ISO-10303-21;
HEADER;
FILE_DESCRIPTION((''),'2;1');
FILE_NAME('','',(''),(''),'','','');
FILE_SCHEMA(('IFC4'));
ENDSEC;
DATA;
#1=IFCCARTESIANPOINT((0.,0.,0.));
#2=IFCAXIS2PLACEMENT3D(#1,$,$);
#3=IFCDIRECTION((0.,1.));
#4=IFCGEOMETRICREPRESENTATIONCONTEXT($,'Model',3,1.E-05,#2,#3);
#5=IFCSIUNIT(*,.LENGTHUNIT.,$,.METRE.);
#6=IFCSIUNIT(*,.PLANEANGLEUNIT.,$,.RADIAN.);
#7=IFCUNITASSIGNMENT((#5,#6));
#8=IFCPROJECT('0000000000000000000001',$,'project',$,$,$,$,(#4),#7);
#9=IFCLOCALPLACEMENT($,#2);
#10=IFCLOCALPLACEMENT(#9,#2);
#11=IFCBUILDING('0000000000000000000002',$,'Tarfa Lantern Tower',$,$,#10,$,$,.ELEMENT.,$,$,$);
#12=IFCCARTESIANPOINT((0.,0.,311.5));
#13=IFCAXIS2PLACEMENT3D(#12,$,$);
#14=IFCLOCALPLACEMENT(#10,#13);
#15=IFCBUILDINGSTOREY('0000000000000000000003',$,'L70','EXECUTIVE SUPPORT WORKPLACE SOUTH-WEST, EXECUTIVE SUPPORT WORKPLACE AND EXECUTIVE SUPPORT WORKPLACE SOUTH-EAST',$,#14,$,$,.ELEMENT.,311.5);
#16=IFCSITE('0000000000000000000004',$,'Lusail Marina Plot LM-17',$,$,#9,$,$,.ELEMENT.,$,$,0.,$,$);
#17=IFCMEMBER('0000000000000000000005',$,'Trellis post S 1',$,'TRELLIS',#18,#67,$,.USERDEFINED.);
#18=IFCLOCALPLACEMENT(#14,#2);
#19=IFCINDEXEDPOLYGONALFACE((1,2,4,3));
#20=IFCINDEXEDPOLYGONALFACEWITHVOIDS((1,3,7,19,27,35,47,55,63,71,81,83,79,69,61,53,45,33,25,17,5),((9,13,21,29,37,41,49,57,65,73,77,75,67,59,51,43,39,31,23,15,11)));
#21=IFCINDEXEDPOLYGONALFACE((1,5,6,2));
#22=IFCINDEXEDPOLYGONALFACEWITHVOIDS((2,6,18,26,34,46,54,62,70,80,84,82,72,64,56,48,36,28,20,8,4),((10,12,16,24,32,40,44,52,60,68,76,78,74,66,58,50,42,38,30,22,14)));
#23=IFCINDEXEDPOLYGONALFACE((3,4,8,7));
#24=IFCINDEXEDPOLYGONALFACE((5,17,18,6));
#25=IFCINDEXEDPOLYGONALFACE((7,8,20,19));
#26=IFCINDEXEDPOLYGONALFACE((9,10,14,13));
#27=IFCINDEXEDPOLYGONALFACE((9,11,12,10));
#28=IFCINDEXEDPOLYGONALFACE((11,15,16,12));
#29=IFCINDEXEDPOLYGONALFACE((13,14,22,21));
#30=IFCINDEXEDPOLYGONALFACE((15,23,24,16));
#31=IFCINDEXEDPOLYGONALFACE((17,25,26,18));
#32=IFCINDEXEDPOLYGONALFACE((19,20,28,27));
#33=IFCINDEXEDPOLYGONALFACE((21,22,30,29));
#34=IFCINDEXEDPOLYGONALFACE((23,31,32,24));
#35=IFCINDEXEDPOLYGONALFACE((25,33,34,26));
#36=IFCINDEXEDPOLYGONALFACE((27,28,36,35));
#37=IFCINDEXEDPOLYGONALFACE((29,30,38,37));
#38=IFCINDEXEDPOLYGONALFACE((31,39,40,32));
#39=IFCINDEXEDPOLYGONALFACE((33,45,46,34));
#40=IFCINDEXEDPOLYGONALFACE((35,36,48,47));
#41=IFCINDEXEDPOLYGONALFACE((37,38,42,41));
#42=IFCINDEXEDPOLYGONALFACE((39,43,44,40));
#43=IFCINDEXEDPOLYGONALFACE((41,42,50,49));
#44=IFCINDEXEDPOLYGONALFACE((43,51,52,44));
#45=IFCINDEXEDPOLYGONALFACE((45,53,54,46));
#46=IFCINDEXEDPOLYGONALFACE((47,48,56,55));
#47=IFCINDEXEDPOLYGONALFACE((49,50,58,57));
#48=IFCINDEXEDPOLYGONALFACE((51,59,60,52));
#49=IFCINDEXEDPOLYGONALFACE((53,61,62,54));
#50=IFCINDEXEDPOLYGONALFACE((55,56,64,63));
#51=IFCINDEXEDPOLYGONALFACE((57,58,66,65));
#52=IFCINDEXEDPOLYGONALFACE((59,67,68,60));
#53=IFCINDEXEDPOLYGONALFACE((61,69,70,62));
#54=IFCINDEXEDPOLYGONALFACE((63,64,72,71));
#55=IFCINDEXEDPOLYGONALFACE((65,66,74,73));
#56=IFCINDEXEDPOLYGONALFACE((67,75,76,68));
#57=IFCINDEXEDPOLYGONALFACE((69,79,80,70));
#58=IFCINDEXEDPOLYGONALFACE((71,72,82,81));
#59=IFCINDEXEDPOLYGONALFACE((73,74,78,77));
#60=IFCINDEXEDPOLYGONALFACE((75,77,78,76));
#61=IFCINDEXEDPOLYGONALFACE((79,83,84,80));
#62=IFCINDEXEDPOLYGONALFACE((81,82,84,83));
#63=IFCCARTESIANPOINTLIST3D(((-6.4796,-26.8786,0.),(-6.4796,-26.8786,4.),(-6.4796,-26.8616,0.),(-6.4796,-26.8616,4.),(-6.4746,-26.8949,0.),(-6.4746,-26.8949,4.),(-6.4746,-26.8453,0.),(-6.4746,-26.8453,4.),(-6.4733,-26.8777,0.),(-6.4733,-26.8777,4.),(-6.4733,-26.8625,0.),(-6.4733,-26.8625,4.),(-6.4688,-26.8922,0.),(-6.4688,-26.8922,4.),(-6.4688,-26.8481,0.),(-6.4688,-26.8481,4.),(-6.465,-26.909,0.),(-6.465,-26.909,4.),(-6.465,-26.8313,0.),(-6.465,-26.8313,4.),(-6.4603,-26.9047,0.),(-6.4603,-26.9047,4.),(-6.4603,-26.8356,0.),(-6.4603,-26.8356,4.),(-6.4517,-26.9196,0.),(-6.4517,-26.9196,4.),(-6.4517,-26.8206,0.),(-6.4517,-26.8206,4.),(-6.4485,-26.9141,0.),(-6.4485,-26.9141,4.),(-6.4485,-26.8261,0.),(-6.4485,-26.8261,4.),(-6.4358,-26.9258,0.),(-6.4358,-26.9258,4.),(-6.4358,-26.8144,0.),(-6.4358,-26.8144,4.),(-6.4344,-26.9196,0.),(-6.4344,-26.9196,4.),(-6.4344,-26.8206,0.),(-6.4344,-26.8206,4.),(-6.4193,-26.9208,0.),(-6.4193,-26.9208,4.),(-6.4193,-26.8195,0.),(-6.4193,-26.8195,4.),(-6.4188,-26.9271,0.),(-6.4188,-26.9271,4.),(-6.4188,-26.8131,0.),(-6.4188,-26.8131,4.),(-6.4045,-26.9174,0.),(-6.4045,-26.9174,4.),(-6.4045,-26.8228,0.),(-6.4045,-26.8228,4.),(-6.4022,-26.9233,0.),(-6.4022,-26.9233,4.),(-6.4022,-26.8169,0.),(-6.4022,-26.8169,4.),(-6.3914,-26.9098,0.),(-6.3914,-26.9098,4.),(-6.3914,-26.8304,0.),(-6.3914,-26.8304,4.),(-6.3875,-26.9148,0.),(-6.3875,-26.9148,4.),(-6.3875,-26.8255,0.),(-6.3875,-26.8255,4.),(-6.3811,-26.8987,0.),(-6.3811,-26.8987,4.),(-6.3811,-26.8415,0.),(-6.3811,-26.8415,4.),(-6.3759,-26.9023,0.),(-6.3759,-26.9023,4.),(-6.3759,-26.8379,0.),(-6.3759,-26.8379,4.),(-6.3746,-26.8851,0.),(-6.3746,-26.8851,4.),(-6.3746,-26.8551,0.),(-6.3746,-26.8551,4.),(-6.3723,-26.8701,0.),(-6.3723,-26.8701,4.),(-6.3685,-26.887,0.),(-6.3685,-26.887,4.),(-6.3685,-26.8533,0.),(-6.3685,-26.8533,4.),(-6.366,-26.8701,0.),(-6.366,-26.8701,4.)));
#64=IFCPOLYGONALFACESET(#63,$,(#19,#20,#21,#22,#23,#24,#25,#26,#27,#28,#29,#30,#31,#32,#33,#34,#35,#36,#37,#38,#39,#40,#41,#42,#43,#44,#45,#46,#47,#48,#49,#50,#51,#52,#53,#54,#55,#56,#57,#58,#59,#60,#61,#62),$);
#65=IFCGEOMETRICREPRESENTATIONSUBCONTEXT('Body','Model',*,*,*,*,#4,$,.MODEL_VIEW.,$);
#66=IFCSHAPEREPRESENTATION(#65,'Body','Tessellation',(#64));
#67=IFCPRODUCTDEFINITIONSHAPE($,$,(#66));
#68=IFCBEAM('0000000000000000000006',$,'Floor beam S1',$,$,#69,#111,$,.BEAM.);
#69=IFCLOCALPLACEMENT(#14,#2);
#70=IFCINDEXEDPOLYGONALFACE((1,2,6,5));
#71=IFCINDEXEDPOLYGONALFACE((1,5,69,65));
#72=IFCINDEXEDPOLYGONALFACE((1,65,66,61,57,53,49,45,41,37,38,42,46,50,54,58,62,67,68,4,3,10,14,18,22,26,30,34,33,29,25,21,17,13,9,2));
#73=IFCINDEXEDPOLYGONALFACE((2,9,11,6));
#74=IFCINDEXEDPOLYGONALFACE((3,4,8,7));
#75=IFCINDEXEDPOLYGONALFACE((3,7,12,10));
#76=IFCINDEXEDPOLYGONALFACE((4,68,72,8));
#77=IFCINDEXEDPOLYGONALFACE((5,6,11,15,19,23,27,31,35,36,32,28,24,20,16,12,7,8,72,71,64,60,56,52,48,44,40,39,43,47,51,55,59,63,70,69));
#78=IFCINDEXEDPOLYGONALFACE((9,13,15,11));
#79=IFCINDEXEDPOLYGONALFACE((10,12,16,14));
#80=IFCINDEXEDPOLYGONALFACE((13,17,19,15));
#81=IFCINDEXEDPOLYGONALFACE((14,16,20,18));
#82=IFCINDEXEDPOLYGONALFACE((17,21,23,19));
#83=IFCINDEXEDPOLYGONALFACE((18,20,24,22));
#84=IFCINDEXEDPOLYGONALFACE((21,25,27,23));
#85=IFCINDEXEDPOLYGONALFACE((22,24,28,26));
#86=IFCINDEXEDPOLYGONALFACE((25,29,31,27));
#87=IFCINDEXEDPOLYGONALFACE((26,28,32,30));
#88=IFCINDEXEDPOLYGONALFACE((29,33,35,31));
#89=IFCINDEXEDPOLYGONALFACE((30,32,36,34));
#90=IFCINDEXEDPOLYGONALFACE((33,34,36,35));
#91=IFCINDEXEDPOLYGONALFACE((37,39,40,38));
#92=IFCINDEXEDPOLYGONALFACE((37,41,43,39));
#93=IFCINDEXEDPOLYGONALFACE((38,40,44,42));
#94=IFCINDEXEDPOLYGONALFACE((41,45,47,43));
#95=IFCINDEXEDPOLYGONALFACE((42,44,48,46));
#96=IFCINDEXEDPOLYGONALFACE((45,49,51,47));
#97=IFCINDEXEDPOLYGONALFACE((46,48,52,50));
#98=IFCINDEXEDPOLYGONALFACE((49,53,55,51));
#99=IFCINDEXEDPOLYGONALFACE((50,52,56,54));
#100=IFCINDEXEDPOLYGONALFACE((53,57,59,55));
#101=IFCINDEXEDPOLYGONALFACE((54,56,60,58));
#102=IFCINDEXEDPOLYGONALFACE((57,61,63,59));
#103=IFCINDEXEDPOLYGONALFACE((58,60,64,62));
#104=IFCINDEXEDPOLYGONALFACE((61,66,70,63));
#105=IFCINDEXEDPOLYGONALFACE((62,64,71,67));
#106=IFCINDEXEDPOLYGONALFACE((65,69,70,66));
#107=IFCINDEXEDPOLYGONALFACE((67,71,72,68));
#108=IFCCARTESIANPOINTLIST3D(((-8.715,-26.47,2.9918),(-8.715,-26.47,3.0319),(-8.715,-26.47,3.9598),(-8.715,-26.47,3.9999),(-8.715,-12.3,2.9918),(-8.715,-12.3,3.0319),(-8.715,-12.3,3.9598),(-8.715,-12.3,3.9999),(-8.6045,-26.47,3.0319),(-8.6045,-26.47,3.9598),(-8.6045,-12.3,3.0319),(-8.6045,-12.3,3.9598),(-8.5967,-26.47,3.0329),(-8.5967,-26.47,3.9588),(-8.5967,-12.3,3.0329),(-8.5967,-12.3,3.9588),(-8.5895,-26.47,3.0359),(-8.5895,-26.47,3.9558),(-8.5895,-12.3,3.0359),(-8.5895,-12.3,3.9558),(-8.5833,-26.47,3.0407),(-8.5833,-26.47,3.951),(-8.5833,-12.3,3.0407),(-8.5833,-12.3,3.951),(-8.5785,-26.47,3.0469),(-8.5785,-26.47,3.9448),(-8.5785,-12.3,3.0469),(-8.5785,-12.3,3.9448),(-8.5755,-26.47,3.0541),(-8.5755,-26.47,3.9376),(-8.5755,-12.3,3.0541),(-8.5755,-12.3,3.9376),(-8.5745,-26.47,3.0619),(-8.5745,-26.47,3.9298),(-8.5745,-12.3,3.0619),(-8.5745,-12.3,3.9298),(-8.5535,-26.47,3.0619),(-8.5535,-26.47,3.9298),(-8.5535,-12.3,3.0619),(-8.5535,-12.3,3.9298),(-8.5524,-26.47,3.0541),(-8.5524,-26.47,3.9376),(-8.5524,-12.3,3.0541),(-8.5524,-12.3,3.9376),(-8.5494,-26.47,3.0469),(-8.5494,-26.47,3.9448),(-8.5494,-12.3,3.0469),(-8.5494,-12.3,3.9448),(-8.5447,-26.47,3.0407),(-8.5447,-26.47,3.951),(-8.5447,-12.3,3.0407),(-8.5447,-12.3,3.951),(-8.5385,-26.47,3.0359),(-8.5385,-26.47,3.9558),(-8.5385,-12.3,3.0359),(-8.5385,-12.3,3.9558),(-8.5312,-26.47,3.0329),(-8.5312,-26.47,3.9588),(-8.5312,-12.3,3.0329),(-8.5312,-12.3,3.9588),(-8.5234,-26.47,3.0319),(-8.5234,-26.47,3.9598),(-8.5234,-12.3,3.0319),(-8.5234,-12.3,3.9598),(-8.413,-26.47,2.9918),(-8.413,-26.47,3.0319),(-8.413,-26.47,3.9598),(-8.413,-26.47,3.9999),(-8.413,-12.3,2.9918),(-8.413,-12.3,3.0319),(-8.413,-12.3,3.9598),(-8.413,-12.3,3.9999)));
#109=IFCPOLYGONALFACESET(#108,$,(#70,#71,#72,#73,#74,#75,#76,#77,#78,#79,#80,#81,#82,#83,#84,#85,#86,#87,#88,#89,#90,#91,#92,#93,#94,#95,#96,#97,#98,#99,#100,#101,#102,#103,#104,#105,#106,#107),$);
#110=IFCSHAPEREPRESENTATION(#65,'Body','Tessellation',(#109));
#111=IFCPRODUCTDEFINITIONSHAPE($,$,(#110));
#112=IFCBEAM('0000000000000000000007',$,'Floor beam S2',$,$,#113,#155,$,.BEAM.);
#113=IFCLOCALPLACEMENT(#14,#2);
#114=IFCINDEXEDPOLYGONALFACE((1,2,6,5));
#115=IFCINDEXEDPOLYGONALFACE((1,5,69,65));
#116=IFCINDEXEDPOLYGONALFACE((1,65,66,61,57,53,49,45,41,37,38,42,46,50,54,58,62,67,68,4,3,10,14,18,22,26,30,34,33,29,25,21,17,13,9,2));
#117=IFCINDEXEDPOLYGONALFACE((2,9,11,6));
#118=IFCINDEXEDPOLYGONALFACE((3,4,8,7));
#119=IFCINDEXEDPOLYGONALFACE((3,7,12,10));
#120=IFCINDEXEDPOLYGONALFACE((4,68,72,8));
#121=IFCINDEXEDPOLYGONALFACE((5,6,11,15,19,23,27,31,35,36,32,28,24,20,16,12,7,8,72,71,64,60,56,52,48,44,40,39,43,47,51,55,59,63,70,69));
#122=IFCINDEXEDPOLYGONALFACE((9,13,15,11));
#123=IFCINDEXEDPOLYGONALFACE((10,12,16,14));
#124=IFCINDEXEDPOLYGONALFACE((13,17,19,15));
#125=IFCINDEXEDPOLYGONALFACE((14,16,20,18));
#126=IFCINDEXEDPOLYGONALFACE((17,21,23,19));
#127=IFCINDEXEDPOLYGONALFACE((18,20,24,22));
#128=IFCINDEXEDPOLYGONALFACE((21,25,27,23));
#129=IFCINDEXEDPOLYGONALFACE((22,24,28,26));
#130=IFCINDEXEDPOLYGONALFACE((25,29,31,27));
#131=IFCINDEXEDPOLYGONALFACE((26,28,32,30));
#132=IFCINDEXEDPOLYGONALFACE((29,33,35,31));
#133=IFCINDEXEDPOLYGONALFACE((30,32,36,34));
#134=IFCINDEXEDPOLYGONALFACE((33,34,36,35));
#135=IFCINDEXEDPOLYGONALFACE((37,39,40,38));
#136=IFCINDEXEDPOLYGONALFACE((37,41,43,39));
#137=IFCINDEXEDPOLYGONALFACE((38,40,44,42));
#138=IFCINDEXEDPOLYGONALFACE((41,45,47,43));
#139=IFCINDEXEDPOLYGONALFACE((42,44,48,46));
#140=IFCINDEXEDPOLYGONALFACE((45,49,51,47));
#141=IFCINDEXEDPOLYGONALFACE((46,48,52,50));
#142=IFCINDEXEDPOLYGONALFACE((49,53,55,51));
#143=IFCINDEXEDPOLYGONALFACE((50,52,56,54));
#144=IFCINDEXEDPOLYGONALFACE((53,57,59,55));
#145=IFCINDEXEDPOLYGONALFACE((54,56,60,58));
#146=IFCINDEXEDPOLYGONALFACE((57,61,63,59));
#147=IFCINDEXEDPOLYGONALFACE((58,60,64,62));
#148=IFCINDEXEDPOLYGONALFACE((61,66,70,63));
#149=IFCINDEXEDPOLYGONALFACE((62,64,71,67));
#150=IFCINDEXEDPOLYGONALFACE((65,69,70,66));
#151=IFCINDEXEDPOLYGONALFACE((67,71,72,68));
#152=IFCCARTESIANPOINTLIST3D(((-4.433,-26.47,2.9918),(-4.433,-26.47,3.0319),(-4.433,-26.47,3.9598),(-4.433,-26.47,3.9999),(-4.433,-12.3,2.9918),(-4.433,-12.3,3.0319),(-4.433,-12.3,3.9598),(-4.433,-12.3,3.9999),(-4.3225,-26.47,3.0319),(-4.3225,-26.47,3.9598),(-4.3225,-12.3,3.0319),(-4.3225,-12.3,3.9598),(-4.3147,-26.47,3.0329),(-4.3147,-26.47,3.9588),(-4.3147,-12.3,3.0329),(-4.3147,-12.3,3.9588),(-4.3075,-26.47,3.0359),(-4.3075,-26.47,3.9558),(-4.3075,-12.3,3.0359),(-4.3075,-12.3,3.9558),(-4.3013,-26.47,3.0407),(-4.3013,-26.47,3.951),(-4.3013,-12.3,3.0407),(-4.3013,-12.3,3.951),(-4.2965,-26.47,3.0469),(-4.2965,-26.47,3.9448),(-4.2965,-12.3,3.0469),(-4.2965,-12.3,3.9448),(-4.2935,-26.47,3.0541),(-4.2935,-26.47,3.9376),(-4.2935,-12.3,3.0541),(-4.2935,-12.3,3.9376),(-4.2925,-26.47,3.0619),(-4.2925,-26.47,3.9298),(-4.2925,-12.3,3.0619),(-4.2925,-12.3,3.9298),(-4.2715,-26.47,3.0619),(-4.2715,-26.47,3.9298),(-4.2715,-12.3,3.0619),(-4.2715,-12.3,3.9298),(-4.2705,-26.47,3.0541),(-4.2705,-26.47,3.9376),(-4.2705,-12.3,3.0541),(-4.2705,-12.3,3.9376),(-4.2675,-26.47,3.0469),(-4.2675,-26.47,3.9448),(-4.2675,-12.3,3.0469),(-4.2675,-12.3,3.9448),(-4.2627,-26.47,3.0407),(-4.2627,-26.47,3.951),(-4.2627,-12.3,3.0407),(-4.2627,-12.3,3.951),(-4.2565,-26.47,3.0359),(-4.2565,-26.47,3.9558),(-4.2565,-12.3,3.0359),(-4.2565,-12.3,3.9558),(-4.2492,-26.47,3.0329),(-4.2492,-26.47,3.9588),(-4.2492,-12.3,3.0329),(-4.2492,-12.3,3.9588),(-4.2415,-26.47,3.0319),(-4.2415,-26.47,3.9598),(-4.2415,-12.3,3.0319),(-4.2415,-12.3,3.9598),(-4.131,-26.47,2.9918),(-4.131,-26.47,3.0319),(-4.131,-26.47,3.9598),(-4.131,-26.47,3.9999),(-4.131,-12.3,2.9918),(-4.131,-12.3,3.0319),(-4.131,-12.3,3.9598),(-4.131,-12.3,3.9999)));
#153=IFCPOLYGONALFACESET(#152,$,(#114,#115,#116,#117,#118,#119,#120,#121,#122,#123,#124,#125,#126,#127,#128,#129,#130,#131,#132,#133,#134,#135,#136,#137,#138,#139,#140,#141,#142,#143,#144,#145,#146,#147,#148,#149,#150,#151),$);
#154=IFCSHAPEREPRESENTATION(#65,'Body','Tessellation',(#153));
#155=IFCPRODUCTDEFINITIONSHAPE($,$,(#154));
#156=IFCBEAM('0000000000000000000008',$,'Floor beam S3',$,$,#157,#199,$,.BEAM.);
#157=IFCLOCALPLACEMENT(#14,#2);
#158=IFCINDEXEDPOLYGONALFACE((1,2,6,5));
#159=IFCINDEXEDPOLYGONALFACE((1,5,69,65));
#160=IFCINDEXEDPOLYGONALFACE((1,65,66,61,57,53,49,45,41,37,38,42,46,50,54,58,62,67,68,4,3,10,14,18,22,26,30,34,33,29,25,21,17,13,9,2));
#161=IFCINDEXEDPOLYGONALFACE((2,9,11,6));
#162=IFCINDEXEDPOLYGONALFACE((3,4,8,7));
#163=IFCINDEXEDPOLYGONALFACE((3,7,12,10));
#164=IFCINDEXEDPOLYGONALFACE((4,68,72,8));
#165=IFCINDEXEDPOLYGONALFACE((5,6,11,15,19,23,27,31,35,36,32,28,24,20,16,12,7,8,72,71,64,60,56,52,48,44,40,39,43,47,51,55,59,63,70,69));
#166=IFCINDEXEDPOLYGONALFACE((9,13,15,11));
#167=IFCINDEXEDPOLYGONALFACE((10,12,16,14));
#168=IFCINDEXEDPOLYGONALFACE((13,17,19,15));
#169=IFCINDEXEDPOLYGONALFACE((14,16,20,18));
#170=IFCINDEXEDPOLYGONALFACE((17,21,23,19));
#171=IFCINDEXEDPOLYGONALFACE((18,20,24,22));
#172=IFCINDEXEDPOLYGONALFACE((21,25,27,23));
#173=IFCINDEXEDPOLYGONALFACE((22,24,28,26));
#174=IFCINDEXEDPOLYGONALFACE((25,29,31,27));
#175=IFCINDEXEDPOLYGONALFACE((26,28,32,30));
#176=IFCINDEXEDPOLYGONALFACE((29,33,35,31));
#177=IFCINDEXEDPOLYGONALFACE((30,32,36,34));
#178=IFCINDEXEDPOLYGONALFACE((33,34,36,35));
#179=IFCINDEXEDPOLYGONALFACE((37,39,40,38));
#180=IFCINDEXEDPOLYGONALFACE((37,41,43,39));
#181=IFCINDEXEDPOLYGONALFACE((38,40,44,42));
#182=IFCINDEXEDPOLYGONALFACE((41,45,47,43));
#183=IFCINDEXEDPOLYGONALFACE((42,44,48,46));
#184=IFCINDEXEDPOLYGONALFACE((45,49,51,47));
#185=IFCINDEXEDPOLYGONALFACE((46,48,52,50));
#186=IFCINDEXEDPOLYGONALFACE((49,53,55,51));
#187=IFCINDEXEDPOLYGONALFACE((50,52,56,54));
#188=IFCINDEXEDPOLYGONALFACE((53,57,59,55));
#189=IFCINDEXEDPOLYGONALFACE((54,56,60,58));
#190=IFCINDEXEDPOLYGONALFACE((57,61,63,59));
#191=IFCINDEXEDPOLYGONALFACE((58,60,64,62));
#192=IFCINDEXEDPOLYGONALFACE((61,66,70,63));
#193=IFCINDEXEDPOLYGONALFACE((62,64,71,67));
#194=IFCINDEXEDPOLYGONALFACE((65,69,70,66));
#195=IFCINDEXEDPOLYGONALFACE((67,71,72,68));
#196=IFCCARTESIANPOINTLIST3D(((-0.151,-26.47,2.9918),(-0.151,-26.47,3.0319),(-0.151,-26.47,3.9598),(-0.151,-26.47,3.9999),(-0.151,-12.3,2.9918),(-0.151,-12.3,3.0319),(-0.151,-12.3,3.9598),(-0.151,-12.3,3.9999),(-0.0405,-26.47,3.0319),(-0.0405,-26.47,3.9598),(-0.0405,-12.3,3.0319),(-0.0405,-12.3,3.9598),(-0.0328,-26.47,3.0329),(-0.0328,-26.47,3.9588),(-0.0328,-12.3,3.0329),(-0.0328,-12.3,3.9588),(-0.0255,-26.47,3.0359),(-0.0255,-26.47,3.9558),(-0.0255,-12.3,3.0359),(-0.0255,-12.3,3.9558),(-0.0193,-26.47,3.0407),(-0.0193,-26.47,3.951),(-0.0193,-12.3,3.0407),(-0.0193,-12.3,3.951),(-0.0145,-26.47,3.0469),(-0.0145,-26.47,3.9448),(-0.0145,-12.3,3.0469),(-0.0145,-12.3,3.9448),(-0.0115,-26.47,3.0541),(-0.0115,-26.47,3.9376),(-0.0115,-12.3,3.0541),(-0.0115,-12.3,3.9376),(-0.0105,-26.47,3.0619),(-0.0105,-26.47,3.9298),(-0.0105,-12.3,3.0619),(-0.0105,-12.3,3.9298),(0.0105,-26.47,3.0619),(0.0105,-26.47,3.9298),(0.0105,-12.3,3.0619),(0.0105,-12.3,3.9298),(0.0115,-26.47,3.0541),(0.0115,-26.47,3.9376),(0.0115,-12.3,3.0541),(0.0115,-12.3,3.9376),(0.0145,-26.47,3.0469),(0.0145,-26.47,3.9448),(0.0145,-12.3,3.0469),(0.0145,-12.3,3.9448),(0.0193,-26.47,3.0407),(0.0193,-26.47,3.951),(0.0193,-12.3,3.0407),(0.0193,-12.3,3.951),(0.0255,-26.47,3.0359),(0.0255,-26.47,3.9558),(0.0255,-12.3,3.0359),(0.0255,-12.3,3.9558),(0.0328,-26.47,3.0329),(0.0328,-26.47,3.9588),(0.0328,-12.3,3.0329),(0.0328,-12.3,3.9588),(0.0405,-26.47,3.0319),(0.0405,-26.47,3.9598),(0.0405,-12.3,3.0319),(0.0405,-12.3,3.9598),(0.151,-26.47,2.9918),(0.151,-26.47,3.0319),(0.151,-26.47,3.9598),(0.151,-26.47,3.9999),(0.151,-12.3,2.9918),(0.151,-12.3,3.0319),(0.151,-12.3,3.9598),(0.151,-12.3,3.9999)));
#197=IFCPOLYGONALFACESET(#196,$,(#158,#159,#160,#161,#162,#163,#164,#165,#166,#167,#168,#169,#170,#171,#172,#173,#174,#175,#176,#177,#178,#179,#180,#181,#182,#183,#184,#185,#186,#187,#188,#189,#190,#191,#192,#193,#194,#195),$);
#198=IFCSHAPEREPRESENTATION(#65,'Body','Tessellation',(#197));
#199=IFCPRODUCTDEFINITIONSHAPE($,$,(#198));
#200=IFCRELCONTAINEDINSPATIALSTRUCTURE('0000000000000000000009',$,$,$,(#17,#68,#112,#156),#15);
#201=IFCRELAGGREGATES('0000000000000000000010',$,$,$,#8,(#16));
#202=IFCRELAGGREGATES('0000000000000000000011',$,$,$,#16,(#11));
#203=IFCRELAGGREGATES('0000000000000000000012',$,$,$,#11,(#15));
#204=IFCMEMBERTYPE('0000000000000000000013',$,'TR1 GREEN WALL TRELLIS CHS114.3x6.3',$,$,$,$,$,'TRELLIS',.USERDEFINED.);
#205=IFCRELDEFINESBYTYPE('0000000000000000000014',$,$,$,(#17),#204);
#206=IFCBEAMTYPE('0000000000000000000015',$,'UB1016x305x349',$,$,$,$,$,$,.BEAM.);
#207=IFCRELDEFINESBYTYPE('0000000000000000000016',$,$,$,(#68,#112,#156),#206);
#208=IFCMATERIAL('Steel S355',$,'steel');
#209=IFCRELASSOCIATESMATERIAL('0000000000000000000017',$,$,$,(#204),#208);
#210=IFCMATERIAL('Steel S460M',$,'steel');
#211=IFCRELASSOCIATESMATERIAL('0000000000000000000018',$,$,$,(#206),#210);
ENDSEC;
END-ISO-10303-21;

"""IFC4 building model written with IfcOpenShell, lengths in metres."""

from ifc_helpers import new_model, si_unit, direction, frame, origin, origin_2d, place, context, subcontext, project, spatial, hollow_circle, i_section, extrude, material, material_profile, profile_set, type_object, element, save


model = new_model("IFC4")

# Units and contexts
model_context = context("Model", 3, precision=1e-05, world=origin(), true_north=direction((0.0, 1.0)))
body_context = subcontext(model_context, "Body", "Model", "MODEL_VIEW")
ifc_project = project(units=[si_unit("LENGTHUNIT", "METRE"), si_unit("PLANEANGLEUNIT", "RADIAN")], contexts=[model_context])

# Site, building, storey
site_placement = place(None, origin())
site = spatial("IfcSite", under=ifc_project, at=site_placement, Name="Lusail Marina Plot LM-17", CompositionType="ELEMENT", RefElevation=0.0)
building_placement = place(site_placement, origin())
building = spatial("IfcBuilding", under=site, at=building_placement, Name="Tarfa Lantern Tower", CompositionType="ELEMENT")
storey_placement = place(building_placement, frame((0.0, 0.0, 311.5)))
storey = spatial("IfcBuildingStorey", under=building, at=storey_placement, Name="L70", Description="EXECUTIVE SUPPORT WORKPLACE SOUTH-WEST, EXECUTIVE SUPPORT WORKPLACE AND EXECUTIVE SUPPORT WORKPLACE SOUTH-EAST", CompositionType="ELEMENT", Elevation=311.5)

# Shared definitions
ifc_material_1 = material(Name="Steel S460M", Category="steel")

# Member
ifc_material_2 = material(Name="Steel S355", Category="steel")
ifc_material_profile_1 = material_profile(ifc_material_2, hollow_circle(Radius=0.0571, WallThickness=0.0063, at=origin_2d()), Name="CHS114.3x6.3")
ifc_profile_set_1 = profile_set([ifc_material_profile_1], Name="Steel S355")
member_type_1 = type_object("IfcMemberType", Name="TR1 GREEN WALL TRELLIS CHS114.3x6.3", ElementType="TRELLIS", PredefinedType="USERDEFINED", material=ifc_profile_set_1)
member_1_placement = place(storey_placement, frame((-6.4231, -26.8701, 0.0), z_axis=(0.0, 0.0, 1.0), x_axis=(1.0, 0.0, 0.0)))
element("IfcMember", 1, at=member_1_placement, inside=storey, type_object=member_type_1, Name="Trellis post S 1", ObjectType="TRELLIS", PredefinedType="USERDEFINED", context=body_context, shape_type="SweptSolid", body=[
    extrude(hollow_circle(Radius=0.0571, WallThickness=0.0063, at=origin_2d()), origin(), (0.0, 0.0, 1.0), 4.0),
])

# Beams
ifc_material_profile_2 = material_profile(ifc_material_1, i_section(OverallWidth=0.302, OverallDepth=1.0081, WebThickness=0.021, FlangeThickness=0.04, FilletRadius=0.03, at=origin_2d()), Name="UB1016x305x349")
ifc_profile_set_2 = profile_set([ifc_material_profile_2], Name="Steel S460M")
beam_type_1 = type_object("IfcBeamType", Name="UB1016x305x349", PredefinedType="BEAM", material=ifc_profile_set_2)
for number, where, z_axis, x_axis, name in (
    (2, (-8.564, -26.47, 3.4958), (0.0, 1.0, 0.0), (-1.0, 0.0, 0.0), "Floor beam S1"),
    (3, (-4.282, -26.47, 3.4958), (0.0, 1.0, 0.0), (-1.0, 0.0, 0.0), "Floor beam S2"),
    (4, (0.0, -26.47, 3.4958), (0.0, 1.0, 0.0), (-1.0, 0.0, 0.0), "Floor beam S3"),
):
    element("IfcBeam", number, at=place(storey_placement, frame(where, z_axis=z_axis, x_axis=x_axis)), inside=storey, type_object=beam_type_1, Name=name, PredefinedType="BEAM", context=body_context, shape_type="SweptSolid", body=[
        extrude(i_section(OverallWidth=0.302, OverallDepth=1.0081, WebThickness=0.021, FlangeThickness=0.04, FilletRadius=0.03, at=origin_2d()), origin(), (0.0, 0.0, 1.0), 14.1699),
    ])

save(model, "model.ifc")
